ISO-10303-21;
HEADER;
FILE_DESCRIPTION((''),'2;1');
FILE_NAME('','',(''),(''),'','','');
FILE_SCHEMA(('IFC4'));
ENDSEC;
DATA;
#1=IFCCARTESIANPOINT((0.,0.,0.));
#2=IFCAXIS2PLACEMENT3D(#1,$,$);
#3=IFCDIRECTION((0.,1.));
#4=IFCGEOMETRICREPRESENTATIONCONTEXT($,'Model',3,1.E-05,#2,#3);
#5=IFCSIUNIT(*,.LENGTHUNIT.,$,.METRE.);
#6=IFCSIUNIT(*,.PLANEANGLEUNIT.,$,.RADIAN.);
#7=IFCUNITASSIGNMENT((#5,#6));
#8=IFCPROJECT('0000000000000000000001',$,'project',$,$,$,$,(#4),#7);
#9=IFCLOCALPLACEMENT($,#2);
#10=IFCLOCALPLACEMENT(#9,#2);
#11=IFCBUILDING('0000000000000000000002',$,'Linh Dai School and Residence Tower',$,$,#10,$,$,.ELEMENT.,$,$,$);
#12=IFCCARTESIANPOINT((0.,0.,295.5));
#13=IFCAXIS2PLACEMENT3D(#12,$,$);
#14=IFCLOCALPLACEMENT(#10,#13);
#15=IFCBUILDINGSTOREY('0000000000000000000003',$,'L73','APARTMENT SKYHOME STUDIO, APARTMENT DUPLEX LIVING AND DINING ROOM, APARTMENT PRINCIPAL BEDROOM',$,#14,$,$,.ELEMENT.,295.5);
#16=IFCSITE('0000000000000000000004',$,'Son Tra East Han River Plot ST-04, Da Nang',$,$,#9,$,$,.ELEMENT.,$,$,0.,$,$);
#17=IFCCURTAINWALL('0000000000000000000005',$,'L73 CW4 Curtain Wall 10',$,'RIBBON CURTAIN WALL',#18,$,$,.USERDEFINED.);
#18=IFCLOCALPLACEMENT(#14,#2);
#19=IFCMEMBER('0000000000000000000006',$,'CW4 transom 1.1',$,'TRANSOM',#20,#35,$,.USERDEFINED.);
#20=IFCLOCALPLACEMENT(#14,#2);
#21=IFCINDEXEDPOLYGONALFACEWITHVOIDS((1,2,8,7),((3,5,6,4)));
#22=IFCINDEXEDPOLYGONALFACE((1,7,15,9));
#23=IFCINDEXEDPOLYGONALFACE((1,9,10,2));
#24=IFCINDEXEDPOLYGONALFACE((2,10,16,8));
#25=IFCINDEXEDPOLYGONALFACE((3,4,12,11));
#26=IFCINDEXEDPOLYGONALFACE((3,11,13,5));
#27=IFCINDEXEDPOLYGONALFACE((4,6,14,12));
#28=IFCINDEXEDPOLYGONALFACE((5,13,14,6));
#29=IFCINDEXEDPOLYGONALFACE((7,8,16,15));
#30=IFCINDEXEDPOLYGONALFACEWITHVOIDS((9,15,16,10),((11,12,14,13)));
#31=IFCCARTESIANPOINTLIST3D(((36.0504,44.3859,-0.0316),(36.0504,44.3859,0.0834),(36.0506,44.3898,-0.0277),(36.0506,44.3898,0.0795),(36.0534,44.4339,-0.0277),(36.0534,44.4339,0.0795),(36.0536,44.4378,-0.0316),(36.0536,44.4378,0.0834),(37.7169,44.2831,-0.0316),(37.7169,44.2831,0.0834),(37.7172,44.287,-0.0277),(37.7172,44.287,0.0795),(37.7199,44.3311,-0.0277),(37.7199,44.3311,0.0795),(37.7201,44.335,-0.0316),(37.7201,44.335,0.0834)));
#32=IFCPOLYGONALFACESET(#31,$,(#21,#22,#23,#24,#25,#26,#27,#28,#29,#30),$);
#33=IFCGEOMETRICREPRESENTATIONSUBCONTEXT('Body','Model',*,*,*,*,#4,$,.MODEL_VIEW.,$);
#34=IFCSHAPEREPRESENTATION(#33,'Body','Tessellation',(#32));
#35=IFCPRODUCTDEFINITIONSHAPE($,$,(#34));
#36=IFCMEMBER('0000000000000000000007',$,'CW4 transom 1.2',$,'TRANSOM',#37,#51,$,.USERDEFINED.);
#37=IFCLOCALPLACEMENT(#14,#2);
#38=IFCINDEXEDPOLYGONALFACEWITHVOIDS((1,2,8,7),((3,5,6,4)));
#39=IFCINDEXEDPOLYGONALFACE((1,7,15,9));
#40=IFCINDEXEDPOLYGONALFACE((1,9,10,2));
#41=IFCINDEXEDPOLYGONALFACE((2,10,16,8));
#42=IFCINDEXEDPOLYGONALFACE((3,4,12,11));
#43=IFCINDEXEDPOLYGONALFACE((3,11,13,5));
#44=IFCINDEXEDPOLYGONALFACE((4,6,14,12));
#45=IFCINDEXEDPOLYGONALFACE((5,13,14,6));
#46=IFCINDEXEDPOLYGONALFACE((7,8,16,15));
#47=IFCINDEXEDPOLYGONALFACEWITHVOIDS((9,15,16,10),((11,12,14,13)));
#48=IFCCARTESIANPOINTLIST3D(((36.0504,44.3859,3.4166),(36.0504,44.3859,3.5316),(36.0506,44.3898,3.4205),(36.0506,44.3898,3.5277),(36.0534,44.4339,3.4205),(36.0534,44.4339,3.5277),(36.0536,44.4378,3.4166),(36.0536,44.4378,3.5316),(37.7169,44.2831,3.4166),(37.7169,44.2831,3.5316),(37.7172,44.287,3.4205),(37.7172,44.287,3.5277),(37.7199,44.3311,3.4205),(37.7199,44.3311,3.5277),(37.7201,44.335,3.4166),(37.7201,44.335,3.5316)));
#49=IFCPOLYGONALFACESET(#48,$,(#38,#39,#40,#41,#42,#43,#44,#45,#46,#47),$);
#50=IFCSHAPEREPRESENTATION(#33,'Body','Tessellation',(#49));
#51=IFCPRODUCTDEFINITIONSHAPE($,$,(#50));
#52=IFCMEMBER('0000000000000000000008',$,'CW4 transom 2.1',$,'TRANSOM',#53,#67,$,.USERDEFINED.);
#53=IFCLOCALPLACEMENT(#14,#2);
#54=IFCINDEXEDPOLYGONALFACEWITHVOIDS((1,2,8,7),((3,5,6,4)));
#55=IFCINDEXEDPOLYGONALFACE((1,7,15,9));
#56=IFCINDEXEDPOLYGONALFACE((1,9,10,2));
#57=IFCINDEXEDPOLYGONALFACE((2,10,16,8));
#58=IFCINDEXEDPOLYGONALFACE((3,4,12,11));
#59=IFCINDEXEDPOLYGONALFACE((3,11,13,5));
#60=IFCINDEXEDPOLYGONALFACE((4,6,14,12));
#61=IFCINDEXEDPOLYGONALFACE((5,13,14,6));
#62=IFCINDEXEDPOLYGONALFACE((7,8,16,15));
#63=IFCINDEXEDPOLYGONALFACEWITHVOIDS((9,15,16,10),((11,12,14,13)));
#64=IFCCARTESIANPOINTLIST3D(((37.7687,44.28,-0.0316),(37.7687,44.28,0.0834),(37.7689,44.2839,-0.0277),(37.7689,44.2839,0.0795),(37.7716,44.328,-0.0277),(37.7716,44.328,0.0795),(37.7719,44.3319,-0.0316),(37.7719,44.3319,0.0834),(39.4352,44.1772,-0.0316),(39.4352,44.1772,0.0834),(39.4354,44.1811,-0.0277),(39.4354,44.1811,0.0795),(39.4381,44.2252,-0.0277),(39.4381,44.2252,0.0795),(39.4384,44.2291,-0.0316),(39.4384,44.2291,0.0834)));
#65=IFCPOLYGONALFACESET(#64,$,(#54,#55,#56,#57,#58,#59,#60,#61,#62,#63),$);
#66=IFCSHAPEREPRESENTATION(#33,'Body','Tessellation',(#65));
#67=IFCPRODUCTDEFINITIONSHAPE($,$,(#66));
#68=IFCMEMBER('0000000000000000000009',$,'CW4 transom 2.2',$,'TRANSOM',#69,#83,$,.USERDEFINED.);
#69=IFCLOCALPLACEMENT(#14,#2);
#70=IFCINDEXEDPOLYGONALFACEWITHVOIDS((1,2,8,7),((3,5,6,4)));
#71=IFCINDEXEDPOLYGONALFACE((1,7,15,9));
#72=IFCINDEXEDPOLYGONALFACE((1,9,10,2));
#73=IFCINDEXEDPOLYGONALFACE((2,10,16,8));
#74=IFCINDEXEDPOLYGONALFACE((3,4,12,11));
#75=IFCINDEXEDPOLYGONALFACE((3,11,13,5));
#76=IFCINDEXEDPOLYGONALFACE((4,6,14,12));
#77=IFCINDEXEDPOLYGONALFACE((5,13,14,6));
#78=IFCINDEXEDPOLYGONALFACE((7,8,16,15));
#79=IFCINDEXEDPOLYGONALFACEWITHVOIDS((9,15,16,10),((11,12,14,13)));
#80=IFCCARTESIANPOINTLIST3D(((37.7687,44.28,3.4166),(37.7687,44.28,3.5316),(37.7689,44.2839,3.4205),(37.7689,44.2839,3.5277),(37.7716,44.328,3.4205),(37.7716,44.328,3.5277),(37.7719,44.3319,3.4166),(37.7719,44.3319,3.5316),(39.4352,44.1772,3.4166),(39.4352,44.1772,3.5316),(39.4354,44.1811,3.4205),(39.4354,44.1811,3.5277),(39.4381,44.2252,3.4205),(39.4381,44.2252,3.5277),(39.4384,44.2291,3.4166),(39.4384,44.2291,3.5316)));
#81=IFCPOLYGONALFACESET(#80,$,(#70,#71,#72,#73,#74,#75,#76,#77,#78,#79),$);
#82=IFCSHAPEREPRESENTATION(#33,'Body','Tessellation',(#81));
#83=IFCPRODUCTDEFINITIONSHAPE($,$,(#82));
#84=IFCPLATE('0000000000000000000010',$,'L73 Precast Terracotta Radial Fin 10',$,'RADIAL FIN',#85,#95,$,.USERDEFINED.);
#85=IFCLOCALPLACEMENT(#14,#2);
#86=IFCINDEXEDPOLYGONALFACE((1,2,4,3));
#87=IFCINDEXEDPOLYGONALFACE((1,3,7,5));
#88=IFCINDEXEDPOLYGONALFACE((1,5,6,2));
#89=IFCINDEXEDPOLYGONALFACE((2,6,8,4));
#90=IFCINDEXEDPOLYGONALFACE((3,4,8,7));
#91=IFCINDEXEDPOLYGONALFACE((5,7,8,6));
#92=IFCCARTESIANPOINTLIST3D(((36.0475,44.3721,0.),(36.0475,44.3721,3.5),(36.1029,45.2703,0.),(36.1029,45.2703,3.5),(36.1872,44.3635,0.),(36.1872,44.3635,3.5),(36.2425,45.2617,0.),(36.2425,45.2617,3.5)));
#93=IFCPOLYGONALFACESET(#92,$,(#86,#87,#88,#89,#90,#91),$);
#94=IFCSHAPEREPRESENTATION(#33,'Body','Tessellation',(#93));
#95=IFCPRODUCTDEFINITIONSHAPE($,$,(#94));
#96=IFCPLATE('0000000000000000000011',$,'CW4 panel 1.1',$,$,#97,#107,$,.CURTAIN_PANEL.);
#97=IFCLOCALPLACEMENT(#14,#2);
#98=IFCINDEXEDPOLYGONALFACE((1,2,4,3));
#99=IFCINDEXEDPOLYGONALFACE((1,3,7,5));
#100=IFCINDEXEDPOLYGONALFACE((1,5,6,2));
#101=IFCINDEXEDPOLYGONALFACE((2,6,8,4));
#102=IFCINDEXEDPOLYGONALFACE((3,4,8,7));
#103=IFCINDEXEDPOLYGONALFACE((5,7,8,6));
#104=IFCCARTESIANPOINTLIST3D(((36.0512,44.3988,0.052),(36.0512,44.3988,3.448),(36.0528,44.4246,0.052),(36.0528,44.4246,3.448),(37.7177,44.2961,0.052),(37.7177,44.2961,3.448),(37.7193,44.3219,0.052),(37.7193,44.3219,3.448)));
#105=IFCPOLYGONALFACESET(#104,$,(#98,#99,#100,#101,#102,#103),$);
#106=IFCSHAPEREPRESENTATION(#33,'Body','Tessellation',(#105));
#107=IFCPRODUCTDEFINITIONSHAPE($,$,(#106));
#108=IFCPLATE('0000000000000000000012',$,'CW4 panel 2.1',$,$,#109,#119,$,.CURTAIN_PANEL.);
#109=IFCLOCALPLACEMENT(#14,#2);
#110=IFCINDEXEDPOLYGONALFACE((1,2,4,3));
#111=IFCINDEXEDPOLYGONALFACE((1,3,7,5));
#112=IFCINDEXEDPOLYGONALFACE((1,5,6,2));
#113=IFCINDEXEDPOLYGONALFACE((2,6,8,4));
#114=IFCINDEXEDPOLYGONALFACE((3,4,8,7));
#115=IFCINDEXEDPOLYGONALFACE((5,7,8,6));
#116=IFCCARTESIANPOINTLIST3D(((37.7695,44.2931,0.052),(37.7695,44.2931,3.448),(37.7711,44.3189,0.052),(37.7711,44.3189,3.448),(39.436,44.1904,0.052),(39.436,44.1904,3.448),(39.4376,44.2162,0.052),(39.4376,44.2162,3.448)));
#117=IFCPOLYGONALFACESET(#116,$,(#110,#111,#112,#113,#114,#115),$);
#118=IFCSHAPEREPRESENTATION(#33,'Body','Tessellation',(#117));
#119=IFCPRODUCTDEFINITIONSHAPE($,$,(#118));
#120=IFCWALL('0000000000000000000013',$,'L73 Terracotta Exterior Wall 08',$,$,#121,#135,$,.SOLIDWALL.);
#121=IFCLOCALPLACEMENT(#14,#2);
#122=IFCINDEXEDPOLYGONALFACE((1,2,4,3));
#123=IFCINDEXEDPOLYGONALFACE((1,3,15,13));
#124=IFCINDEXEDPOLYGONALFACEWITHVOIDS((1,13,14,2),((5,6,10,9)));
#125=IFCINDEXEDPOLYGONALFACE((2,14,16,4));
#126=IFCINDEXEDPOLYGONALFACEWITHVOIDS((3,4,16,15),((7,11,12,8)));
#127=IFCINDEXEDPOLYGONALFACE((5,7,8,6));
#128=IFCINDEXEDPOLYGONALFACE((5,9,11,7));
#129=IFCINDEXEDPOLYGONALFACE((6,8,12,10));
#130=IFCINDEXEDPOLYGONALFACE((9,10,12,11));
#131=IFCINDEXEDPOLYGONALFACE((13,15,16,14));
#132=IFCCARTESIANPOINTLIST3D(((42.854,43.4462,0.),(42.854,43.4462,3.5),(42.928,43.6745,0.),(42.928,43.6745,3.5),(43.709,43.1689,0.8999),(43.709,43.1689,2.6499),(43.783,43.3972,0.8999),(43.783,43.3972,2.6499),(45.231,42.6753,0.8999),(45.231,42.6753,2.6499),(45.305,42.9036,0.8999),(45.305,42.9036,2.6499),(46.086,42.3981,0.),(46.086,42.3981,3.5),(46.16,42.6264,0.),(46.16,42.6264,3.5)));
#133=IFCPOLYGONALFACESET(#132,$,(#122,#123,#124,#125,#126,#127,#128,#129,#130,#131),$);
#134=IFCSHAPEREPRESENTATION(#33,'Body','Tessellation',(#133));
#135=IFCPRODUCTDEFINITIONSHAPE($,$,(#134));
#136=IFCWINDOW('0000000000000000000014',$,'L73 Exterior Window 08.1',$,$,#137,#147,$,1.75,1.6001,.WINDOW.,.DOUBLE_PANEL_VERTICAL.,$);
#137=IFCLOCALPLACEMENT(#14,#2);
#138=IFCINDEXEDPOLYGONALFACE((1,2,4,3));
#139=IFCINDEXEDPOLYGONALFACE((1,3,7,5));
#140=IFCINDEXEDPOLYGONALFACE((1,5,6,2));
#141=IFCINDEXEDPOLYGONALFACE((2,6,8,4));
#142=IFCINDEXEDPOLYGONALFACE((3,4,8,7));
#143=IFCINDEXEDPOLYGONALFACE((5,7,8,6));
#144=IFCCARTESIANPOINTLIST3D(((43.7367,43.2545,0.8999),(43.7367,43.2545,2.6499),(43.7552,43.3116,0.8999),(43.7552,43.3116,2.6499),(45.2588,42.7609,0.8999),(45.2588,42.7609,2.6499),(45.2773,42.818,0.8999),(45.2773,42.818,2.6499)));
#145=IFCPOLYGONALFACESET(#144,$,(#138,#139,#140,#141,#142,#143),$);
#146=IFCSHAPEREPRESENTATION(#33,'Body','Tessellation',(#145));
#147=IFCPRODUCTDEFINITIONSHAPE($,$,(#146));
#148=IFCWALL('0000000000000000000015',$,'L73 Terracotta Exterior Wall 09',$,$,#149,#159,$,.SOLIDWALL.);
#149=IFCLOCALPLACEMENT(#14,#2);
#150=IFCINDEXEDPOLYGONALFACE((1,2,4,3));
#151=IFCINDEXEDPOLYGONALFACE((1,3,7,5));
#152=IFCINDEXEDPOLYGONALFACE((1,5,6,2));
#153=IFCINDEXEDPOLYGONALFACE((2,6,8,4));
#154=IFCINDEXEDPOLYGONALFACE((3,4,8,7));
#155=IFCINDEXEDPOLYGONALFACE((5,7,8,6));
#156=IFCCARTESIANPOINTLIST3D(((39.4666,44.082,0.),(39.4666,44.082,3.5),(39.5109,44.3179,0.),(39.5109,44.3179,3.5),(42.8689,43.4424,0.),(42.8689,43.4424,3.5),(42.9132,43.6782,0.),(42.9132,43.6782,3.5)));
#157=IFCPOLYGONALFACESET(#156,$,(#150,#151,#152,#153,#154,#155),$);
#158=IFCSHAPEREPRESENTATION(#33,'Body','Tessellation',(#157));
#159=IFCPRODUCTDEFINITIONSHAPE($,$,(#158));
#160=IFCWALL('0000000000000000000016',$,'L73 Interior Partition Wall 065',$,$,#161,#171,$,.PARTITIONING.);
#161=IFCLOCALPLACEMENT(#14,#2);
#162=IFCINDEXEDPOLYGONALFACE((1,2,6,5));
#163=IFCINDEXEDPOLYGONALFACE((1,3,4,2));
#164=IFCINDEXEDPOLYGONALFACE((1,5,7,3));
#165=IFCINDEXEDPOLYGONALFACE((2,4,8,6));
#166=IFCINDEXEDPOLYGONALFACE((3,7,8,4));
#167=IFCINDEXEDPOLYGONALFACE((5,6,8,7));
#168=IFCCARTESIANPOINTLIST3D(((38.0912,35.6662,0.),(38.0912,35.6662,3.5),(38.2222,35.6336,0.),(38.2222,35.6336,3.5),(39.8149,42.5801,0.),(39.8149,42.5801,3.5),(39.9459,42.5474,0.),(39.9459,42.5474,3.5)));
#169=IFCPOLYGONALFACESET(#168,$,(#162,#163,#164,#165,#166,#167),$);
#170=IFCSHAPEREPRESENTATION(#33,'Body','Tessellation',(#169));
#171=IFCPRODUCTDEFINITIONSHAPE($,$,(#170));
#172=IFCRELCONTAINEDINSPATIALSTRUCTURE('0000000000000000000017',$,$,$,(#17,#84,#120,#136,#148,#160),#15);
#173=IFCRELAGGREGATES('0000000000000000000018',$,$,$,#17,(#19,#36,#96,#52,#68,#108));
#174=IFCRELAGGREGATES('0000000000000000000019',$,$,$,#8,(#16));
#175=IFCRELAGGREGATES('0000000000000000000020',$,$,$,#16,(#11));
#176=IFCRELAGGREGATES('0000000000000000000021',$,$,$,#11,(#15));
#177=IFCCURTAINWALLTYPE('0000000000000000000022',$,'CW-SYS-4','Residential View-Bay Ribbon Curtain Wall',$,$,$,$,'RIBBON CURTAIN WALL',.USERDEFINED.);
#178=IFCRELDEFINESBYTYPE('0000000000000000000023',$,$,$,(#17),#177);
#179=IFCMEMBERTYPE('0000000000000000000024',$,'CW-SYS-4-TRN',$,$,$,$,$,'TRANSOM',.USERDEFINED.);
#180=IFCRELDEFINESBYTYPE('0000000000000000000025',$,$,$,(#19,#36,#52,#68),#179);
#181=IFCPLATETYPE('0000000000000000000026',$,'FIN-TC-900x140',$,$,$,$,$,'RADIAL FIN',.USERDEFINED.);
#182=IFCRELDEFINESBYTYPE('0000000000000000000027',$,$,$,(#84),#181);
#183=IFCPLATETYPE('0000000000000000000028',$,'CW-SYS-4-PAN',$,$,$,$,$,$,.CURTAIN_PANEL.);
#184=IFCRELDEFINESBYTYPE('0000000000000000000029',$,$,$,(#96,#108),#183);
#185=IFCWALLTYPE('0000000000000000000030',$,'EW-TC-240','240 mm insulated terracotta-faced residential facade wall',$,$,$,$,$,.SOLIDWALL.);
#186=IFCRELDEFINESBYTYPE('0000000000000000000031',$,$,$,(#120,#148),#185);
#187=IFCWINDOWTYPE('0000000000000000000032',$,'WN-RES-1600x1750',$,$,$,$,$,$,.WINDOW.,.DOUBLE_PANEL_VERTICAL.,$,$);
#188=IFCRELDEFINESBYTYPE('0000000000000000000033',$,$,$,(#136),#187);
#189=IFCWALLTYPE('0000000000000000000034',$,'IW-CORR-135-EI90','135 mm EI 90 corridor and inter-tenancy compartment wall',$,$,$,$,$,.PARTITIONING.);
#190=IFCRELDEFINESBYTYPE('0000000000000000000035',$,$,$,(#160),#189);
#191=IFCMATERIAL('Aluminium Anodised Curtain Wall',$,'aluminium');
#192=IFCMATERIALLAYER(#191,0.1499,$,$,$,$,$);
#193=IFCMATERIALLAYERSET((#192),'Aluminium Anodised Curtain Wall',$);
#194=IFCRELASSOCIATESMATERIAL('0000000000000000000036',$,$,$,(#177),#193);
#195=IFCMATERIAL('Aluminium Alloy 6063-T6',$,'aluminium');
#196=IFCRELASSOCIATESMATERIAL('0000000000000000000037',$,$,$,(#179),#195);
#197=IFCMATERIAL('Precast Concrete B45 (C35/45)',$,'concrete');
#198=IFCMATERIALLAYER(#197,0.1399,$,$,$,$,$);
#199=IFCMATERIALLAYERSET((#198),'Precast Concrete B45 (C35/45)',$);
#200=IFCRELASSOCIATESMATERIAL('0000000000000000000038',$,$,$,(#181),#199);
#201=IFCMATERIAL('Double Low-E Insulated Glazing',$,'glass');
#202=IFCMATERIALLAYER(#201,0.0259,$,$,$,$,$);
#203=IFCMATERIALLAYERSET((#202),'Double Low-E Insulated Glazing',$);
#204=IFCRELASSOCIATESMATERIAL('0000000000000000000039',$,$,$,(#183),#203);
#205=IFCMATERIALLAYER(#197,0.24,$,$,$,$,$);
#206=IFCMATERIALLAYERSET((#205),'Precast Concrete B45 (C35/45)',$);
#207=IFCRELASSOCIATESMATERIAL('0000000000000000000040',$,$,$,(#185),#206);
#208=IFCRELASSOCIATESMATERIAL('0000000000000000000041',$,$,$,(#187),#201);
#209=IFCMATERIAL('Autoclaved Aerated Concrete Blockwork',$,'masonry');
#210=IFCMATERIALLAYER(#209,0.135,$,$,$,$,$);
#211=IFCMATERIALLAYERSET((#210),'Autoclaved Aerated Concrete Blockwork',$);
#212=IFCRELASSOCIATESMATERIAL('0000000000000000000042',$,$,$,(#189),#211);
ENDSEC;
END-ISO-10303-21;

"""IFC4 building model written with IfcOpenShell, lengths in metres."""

from ifc_helpers import new_model, si_unit, direction, frame, frame_2d, origin, origin_2d, place, context, subcontext, project, spatial, rectangle, hollow_rectangle, extrude, source, transform, mapped, material, layer, layer_set, material_profile, profile_set, type_object, element, fill, aggregate, save


model = new_model("IFC4")

# Units and contexts
model_context = context("Model", 3, precision=1e-05, world=origin(), true_north=direction((0.0, 1.0)))
body_context = subcontext(model_context, "Body", "Model", "MODEL_VIEW")
ifc_project = project(units=[si_unit("LENGTHUNIT", "METRE"), si_unit("PLANEANGLEUNIT", "RADIAN")], contexts=[model_context])

# Site, building, storey
site_placement = place(None, origin())
site = spatial("IfcSite", under=ifc_project, at=site_placement, Name="Son Tra East Han River Plot ST-04, Da Nang", CompositionType="ELEMENT", RefElevation=0.0)
building_placement = place(site_placement, origin())
building = spatial("IfcBuilding", under=site, at=building_placement, Name="Linh Dai School and Residence Tower", CompositionType="ELEMENT")
storey_placement = place(building_placement, frame((0.0, 0.0, 295.5)))
storey = spatial("IfcBuildingStorey", under=building, at=storey_placement, Name="L73", Description="APARTMENT SKYHOME STUDIO, APARTMENT DUPLEX LIVING AND DINING ROOM, APARTMENT PRINCIPAL BEDROOM", CompositionType="ELEMENT", Elevation=295.5)

# Curtain wall, members
ifc_material_1 = material(Name="Aluminium Anodised Curtain Wall", Category="aluminium")
ifc_layer_1 = layer(ifc_material_1, 0.1499)
ifc_layer_set_1 = layer_set([ifc_layer_1], Name="Aluminium Anodised Curtain Wall")
curtain_wall_type = type_object("IfcCurtainWallType", Name="CW-SYS-4", Description="Residential View-Bay Ribbon Curtain Wall", ElementType="RIBBON CURTAIN WALL", PredefinedType="USERDEFINED", material=ifc_layer_set_1)
curtain_wall_placement = place(storey_placement, origin())
curtain_wall = element("IfcCurtainWall", 1, at=curtain_wall_placement, inside=storey, type_object=curtain_wall_type, Name="L73 CW4 Curtain Wall 10", ObjectType="RIBBON CURTAIN WALL", PredefinedType="USERDEFINED")
ifc_material_2 = material(Name="Aluminium Alloy 6063-T6", Category="aluminium")
ifc_material_profile_1 = material_profile(ifc_material_2, hollow_rectangle(XDim=0.052, YDim=0.115, WallThickness=0.0039, at=origin_2d()), Name="RHS 115x52x4")
ifc_profile_set_1 = profile_set([ifc_material_profile_1], Name="Aluminium Alloy 6063-T6")
member_type_1 = type_object("IfcMemberType", Name="CW-SYS-4-TRN", ElementType="TRANSOM", PredefinedType="USERDEFINED", material=ifc_profile_set_1)
shared_shape_1 = source(origin(), body_context, "Body", "SweptSolid", [
    extrude(hollow_rectangle(XDim=0.052, YDim=0.115, WallThickness=0.0039, at=origin_2d()), origin(), (0.0, 0.0, 1.0), 1.6697),
])
member_1_placement = place(storey_placement, frame((36.052, 44.4119, 0.0259), z_axis=(0.998103, -0.061559, 0.0), x_axis=(0.061559, 0.998103, 0.0)))
member_1 = element("IfcMember", 2, at=member_1_placement, type_object=member_type_1, Name="CW4 transom 1.1", ObjectType="TRANSOM", PredefinedType="USERDEFINED", context=body_context, shape_type="MappedRepresentation", body=[
    mapped(shared_shape_1, transform((0.0, 0.0, 0.0), x_axis=(1.0, 0.0, 0.0), y_axis=(0.0, 1.0, 0.0), z_axis=(0.0, 0.0, 1.0), scale=1.0)),
])
member_2_placement = place(storey_placement, frame((36.052, 44.4119, 3.4741), z_axis=(0.998103, -0.061559, 0.0), x_axis=(0.061559, 0.998103, 0.0)))
member_2 = element("IfcMember", 3, at=member_2_placement, type_object=member_type_1, Name="CW4 transom 1.2", ObjectType="TRANSOM", PredefinedType="USERDEFINED", context=body_context, shape_type="MappedRepresentation", body=[
    mapped(shared_shape_1, transform((0.0, 0.0, 0.0), x_axis=(1.0, 0.0, 0.0), y_axis=(0.0, 1.0, 0.0), z_axis=(0.0, 0.0, 1.0), scale=1.0)),
])
member_3_placement = place(storey_placement, frame((37.7703, 44.3059, 0.0259), z_axis=(0.998103, -0.061559, 0.0), x_axis=(0.061559, 0.998103, 0.0)))
member_3 = element("IfcMember", 4, at=member_3_placement, type_object=member_type_1, Name="CW4 transom 2.1", ObjectType="TRANSOM", PredefinedType="USERDEFINED", context=body_context, shape_type="MappedRepresentation", body=[
    mapped(shared_shape_1, transform((0.0, 0.0, 0.0), x_axis=(1.0, 0.0, 0.0), y_axis=(0.0, 1.0, 0.0), z_axis=(0.0, 0.0, 1.0), scale=1.0)),
])
member_4_placement = place(storey_placement, frame((37.7703, 44.3059, 3.4741), z_axis=(0.998103, -0.061559, 0.0), x_axis=(0.061559, 0.998103, 0.0)))
member_4 = element("IfcMember", 5, at=member_4_placement, type_object=member_type_1, Name="CW4 transom 2.2", ObjectType="TRANSOM", PredefinedType="USERDEFINED", context=body_context, shape_type="MappedRepresentation", body=[
    mapped(shared_shape_1, transform((0.0, 0.0, 0.0), x_axis=(1.0, 0.0, 0.0), y_axis=(0.0, 1.0, 0.0), z_axis=(0.0, 0.0, 1.0), scale=1.0)),
])

# Plates
ifc_material_3 = material(Name="Precast Concrete B45 (C35/45)", Category="concrete")
ifc_layer_2 = layer(ifc_material_3, 0.1399)
ifc_layer_set_2 = layer_set([ifc_layer_2], Name="Precast Concrete B45 (C35/45)")
plate_type_1 = type_object("IfcPlateType", Name="FIN-TC-900x140", ElementType="RADIAL FIN", PredefinedType="USERDEFINED", material=ifc_layer_set_2)
shared_shape_2 = source(origin(), body_context, "Body", "SweptSolid", [
    extrude(rectangle(XDim=0.8999, YDim=0.1399, at=origin_2d()), origin(), (0.0, 0.0, 1.0), 3.5),
])
plate_1_placement = place(storey_placement, frame((36.145, 44.8169, 0.0), z_axis=(0.0, 0.0, 1.0), x_axis=(0.06151, 0.998106, 0.0)))
element("IfcPlate", 6, at=plate_1_placement, inside=storey, type_object=plate_type_1, Name="L73 Precast Terracotta Radial Fin 10", ObjectType="RADIAL FIN", PredefinedType="USERDEFINED", context=body_context, shape_type="MappedRepresentation", body=[
    mapped(shared_shape_2, transform((0.0, 0.0, 0.0), x_axis=(1.0, 0.0, 0.0), y_axis=(0.0, 1.0, 0.0), z_axis=(0.0, 0.0, 1.0), scale=1.0)),
])
ifc_material_4 = material(Name="Double Low-E Insulated Glazing", Category="glass")
ifc_layer_3 = layer(ifc_material_4, 0.0259)
ifc_layer_set_3 = layer_set([ifc_layer_3], Name="Double Low-E Insulated Glazing")
plate_type_2 = type_object("IfcPlateType", Name="CW-SYS-4-PAN", PredefinedType="CURTAIN_PANEL", material=ifc_layer_set_3)
shared_shape_3 = source(origin(), body_context, "Body", "SweptSolid", [
    extrude(rectangle(XDim=1.6697, YDim=0.0259, at=origin_2d()), origin(), (0.0, 0.0, 1.0), 3.396),
])
plate_2_placement = place(storey_placement, frame((36.8853, 44.3604, 0.052), z_axis=(0.0, 0.0, 1.0), x_axis=(0.998106, -0.06151, 0.0)))
plate_2 = element("IfcPlate", 7, at=plate_2_placement, type_object=plate_type_2, Name="CW4 panel 1.1", PredefinedType="CURTAIN_PANEL", context=body_context, shape_type="MappedRepresentation", body=[
    mapped(shared_shape_3, transform((0.0, 0.0, 0.0), x_axis=(1.0, 0.0, 0.0), y_axis=(0.0, 1.0, 0.0), z_axis=(0.0, 0.0, 1.0), scale=1.0)),
])
plate_3_placement = place(storey_placement, frame((38.6035, 44.2546, 0.052), z_axis=(0.0, 0.0, 1.0), x_axis=(0.998106, -0.06151, 0.0)))
plate_3 = element("IfcPlate", 8, at=plate_3_placement, type_object=plate_type_2, Name="CW4 panel 2.1", PredefinedType="CURTAIN_PANEL", context=body_context, shape_type="MappedRepresentation", body=[
    mapped(shared_shape_3, transform((0.0, 0.0, 0.0), x_axis=(1.0, 0.0, 0.0), y_axis=(0.0, 1.0, 0.0), z_axis=(0.0, 0.0, 1.0), scale=1.0)),
])
aggregate(curtain_wall, [member_1, member_2, plate_2, member_3, member_4, plate_3])

# Wall, opening, window
ifc_layer_4 = layer(ifc_material_3, 0.24)
ifc_layer_set_4 = layer_set([ifc_layer_4], Name="Precast Concrete B45 (C35/45)")
wall_type_1 = type_object("IfcWallType", Name="EW-TC-240", Description="240 mm insulated terracotta-faced residential facade wall", PredefinedType="SOLIDWALL", material=ifc_layer_set_4)
wall_1_placement = place(storey_placement, frame((42.8911, 43.5603, 0.0), z_axis=(0.0, 0.0, 1.0), x_axis=(0.951231, -0.308478, 0.0)))
wall_1 = element("IfcWall", 9, at=wall_1_placement, inside=storey, type_object=wall_type_1, Name="L73 Terracotta Exterior Wall 08", PredefinedType="SOLIDWALL", context=body_context, shape_type="SweptSolid", body=[
    extrude(rectangle(XDim=3.3977, YDim=0.24, at=frame_2d((1.6987, 0.0))), origin(), (0.0, 0.0, 1.0), 3.5),
])
opening_1_placement = place(wall_1_placement, frame((0.8987, 0.0, 0.8999)))
opening_1 = element("IfcOpeningElement", 10, at=opening_1_placement, cuts=wall_1, PredefinedType="OPENING", context=body_context, shape_type="SweptSolid", body=[
    extrude(rectangle(XDim=1.6001, YDim=1.75, at=origin_2d()), frame((0.8, 0.1299, 0.875), z_axis=(0.0, -1.0, 0.0), x_axis=(1.0, 0.0, 0.0)), (0.0, 0.0, 1.0), 0.26),
])
window_type = type_object("IfcWindowType", Name="WN-RES-1600x1750", PartitioningType="DOUBLE_PANEL_VERTICAL", PredefinedType="WINDOW", material=ifc_material_4)
shared_shape_4 = source(origin(), body_context, "Body", "SweptSolid", [
    extrude(rectangle(XDim=1.6001, YDim=1.75, at=origin_2d()), frame((0.8, 0.03, 0.875), z_axis=(0.0, -1.0, 0.0), x_axis=(1.0, 0.0, 0.0)), (0.0, 0.0, 1.0), 0.0601),
])
window_placement = place(opening_1_placement, origin())
window = element("IfcWindow", 11, at=window_placement, inside=storey, type_object=window_type, Name="L73 Exterior Window 08.1", OverallHeight=1.75, OverallWidth=1.6001, PartitioningType="DOUBLE_PANEL_VERTICAL", PredefinedType="WINDOW", context=body_context, shape_type="MappedRepresentation", body=[
    mapped(shared_shape_4, transform((0.0, 0.0, 0.0), x_axis=(1.0, 0.0, 0.0), y_axis=(0.0, 1.0, 0.0), z_axis=(0.0, 0.0, 1.0), scale=1.0)),
])
fill(opening_1, window)

# Walls
wall_2_placement = place(storey_placement, frame((39.4888, 44.2, 0.0), z_axis=(0.0, 0.0, 1.0), x_axis=(0.982783, -0.184765, 0.0)))
element("IfcWall", 12, at=wall_2_placement, inside=storey, type_object=wall_type_1, Name="L73 Terracotta Exterior Wall 09", PredefinedType="SOLIDWALL", context=body_context, shape_type="SweptSolid", body=[
    extrude(rectangle(XDim=3.4619, YDim=0.24, at=frame_2d((1.731, 0.0))), origin(), (0.0, 0.0, 1.0), 3.5),
])
ifc_material_5 = material(Name="Autoclaved Aerated Concrete Blockwork", Category="masonry")
ifc_layer_5 = layer(ifc_material_5, 0.135)
ifc_layer_set_5 = layer_set([ifc_layer_5], Name="Autoclaved Aerated Concrete Blockwork")
wall_type_2 = type_object("IfcWallType", Name="IW-CORR-135-EI90", Description="135 mm EI 90 corridor and inter-tenancy compartment wall", PredefinedType="PARTITIONING", material=ifc_layer_set_5)
wall_3_placement = place(storey_placement, frame((38.1567, 35.6499, 0.0), z_axis=(0.0, 0.0, 1.0), x_axis=(0.241899, 0.970302, 0.0)))
element("IfcWall", 13, at=wall_3_placement, inside=storey, type_object=wall_type_2, Name="L73 Interior Partition Wall 065", PredefinedType="PARTITIONING", context=body_context, shape_type="SweptSolid", body=[
    extrude(rectangle(XDim=7.1255, YDim=0.135, at=frame_2d((3.5627, 0.0))), origin(), (0.0, 0.0, 1.0), 3.5),
])

save(model, "model.ifc")
